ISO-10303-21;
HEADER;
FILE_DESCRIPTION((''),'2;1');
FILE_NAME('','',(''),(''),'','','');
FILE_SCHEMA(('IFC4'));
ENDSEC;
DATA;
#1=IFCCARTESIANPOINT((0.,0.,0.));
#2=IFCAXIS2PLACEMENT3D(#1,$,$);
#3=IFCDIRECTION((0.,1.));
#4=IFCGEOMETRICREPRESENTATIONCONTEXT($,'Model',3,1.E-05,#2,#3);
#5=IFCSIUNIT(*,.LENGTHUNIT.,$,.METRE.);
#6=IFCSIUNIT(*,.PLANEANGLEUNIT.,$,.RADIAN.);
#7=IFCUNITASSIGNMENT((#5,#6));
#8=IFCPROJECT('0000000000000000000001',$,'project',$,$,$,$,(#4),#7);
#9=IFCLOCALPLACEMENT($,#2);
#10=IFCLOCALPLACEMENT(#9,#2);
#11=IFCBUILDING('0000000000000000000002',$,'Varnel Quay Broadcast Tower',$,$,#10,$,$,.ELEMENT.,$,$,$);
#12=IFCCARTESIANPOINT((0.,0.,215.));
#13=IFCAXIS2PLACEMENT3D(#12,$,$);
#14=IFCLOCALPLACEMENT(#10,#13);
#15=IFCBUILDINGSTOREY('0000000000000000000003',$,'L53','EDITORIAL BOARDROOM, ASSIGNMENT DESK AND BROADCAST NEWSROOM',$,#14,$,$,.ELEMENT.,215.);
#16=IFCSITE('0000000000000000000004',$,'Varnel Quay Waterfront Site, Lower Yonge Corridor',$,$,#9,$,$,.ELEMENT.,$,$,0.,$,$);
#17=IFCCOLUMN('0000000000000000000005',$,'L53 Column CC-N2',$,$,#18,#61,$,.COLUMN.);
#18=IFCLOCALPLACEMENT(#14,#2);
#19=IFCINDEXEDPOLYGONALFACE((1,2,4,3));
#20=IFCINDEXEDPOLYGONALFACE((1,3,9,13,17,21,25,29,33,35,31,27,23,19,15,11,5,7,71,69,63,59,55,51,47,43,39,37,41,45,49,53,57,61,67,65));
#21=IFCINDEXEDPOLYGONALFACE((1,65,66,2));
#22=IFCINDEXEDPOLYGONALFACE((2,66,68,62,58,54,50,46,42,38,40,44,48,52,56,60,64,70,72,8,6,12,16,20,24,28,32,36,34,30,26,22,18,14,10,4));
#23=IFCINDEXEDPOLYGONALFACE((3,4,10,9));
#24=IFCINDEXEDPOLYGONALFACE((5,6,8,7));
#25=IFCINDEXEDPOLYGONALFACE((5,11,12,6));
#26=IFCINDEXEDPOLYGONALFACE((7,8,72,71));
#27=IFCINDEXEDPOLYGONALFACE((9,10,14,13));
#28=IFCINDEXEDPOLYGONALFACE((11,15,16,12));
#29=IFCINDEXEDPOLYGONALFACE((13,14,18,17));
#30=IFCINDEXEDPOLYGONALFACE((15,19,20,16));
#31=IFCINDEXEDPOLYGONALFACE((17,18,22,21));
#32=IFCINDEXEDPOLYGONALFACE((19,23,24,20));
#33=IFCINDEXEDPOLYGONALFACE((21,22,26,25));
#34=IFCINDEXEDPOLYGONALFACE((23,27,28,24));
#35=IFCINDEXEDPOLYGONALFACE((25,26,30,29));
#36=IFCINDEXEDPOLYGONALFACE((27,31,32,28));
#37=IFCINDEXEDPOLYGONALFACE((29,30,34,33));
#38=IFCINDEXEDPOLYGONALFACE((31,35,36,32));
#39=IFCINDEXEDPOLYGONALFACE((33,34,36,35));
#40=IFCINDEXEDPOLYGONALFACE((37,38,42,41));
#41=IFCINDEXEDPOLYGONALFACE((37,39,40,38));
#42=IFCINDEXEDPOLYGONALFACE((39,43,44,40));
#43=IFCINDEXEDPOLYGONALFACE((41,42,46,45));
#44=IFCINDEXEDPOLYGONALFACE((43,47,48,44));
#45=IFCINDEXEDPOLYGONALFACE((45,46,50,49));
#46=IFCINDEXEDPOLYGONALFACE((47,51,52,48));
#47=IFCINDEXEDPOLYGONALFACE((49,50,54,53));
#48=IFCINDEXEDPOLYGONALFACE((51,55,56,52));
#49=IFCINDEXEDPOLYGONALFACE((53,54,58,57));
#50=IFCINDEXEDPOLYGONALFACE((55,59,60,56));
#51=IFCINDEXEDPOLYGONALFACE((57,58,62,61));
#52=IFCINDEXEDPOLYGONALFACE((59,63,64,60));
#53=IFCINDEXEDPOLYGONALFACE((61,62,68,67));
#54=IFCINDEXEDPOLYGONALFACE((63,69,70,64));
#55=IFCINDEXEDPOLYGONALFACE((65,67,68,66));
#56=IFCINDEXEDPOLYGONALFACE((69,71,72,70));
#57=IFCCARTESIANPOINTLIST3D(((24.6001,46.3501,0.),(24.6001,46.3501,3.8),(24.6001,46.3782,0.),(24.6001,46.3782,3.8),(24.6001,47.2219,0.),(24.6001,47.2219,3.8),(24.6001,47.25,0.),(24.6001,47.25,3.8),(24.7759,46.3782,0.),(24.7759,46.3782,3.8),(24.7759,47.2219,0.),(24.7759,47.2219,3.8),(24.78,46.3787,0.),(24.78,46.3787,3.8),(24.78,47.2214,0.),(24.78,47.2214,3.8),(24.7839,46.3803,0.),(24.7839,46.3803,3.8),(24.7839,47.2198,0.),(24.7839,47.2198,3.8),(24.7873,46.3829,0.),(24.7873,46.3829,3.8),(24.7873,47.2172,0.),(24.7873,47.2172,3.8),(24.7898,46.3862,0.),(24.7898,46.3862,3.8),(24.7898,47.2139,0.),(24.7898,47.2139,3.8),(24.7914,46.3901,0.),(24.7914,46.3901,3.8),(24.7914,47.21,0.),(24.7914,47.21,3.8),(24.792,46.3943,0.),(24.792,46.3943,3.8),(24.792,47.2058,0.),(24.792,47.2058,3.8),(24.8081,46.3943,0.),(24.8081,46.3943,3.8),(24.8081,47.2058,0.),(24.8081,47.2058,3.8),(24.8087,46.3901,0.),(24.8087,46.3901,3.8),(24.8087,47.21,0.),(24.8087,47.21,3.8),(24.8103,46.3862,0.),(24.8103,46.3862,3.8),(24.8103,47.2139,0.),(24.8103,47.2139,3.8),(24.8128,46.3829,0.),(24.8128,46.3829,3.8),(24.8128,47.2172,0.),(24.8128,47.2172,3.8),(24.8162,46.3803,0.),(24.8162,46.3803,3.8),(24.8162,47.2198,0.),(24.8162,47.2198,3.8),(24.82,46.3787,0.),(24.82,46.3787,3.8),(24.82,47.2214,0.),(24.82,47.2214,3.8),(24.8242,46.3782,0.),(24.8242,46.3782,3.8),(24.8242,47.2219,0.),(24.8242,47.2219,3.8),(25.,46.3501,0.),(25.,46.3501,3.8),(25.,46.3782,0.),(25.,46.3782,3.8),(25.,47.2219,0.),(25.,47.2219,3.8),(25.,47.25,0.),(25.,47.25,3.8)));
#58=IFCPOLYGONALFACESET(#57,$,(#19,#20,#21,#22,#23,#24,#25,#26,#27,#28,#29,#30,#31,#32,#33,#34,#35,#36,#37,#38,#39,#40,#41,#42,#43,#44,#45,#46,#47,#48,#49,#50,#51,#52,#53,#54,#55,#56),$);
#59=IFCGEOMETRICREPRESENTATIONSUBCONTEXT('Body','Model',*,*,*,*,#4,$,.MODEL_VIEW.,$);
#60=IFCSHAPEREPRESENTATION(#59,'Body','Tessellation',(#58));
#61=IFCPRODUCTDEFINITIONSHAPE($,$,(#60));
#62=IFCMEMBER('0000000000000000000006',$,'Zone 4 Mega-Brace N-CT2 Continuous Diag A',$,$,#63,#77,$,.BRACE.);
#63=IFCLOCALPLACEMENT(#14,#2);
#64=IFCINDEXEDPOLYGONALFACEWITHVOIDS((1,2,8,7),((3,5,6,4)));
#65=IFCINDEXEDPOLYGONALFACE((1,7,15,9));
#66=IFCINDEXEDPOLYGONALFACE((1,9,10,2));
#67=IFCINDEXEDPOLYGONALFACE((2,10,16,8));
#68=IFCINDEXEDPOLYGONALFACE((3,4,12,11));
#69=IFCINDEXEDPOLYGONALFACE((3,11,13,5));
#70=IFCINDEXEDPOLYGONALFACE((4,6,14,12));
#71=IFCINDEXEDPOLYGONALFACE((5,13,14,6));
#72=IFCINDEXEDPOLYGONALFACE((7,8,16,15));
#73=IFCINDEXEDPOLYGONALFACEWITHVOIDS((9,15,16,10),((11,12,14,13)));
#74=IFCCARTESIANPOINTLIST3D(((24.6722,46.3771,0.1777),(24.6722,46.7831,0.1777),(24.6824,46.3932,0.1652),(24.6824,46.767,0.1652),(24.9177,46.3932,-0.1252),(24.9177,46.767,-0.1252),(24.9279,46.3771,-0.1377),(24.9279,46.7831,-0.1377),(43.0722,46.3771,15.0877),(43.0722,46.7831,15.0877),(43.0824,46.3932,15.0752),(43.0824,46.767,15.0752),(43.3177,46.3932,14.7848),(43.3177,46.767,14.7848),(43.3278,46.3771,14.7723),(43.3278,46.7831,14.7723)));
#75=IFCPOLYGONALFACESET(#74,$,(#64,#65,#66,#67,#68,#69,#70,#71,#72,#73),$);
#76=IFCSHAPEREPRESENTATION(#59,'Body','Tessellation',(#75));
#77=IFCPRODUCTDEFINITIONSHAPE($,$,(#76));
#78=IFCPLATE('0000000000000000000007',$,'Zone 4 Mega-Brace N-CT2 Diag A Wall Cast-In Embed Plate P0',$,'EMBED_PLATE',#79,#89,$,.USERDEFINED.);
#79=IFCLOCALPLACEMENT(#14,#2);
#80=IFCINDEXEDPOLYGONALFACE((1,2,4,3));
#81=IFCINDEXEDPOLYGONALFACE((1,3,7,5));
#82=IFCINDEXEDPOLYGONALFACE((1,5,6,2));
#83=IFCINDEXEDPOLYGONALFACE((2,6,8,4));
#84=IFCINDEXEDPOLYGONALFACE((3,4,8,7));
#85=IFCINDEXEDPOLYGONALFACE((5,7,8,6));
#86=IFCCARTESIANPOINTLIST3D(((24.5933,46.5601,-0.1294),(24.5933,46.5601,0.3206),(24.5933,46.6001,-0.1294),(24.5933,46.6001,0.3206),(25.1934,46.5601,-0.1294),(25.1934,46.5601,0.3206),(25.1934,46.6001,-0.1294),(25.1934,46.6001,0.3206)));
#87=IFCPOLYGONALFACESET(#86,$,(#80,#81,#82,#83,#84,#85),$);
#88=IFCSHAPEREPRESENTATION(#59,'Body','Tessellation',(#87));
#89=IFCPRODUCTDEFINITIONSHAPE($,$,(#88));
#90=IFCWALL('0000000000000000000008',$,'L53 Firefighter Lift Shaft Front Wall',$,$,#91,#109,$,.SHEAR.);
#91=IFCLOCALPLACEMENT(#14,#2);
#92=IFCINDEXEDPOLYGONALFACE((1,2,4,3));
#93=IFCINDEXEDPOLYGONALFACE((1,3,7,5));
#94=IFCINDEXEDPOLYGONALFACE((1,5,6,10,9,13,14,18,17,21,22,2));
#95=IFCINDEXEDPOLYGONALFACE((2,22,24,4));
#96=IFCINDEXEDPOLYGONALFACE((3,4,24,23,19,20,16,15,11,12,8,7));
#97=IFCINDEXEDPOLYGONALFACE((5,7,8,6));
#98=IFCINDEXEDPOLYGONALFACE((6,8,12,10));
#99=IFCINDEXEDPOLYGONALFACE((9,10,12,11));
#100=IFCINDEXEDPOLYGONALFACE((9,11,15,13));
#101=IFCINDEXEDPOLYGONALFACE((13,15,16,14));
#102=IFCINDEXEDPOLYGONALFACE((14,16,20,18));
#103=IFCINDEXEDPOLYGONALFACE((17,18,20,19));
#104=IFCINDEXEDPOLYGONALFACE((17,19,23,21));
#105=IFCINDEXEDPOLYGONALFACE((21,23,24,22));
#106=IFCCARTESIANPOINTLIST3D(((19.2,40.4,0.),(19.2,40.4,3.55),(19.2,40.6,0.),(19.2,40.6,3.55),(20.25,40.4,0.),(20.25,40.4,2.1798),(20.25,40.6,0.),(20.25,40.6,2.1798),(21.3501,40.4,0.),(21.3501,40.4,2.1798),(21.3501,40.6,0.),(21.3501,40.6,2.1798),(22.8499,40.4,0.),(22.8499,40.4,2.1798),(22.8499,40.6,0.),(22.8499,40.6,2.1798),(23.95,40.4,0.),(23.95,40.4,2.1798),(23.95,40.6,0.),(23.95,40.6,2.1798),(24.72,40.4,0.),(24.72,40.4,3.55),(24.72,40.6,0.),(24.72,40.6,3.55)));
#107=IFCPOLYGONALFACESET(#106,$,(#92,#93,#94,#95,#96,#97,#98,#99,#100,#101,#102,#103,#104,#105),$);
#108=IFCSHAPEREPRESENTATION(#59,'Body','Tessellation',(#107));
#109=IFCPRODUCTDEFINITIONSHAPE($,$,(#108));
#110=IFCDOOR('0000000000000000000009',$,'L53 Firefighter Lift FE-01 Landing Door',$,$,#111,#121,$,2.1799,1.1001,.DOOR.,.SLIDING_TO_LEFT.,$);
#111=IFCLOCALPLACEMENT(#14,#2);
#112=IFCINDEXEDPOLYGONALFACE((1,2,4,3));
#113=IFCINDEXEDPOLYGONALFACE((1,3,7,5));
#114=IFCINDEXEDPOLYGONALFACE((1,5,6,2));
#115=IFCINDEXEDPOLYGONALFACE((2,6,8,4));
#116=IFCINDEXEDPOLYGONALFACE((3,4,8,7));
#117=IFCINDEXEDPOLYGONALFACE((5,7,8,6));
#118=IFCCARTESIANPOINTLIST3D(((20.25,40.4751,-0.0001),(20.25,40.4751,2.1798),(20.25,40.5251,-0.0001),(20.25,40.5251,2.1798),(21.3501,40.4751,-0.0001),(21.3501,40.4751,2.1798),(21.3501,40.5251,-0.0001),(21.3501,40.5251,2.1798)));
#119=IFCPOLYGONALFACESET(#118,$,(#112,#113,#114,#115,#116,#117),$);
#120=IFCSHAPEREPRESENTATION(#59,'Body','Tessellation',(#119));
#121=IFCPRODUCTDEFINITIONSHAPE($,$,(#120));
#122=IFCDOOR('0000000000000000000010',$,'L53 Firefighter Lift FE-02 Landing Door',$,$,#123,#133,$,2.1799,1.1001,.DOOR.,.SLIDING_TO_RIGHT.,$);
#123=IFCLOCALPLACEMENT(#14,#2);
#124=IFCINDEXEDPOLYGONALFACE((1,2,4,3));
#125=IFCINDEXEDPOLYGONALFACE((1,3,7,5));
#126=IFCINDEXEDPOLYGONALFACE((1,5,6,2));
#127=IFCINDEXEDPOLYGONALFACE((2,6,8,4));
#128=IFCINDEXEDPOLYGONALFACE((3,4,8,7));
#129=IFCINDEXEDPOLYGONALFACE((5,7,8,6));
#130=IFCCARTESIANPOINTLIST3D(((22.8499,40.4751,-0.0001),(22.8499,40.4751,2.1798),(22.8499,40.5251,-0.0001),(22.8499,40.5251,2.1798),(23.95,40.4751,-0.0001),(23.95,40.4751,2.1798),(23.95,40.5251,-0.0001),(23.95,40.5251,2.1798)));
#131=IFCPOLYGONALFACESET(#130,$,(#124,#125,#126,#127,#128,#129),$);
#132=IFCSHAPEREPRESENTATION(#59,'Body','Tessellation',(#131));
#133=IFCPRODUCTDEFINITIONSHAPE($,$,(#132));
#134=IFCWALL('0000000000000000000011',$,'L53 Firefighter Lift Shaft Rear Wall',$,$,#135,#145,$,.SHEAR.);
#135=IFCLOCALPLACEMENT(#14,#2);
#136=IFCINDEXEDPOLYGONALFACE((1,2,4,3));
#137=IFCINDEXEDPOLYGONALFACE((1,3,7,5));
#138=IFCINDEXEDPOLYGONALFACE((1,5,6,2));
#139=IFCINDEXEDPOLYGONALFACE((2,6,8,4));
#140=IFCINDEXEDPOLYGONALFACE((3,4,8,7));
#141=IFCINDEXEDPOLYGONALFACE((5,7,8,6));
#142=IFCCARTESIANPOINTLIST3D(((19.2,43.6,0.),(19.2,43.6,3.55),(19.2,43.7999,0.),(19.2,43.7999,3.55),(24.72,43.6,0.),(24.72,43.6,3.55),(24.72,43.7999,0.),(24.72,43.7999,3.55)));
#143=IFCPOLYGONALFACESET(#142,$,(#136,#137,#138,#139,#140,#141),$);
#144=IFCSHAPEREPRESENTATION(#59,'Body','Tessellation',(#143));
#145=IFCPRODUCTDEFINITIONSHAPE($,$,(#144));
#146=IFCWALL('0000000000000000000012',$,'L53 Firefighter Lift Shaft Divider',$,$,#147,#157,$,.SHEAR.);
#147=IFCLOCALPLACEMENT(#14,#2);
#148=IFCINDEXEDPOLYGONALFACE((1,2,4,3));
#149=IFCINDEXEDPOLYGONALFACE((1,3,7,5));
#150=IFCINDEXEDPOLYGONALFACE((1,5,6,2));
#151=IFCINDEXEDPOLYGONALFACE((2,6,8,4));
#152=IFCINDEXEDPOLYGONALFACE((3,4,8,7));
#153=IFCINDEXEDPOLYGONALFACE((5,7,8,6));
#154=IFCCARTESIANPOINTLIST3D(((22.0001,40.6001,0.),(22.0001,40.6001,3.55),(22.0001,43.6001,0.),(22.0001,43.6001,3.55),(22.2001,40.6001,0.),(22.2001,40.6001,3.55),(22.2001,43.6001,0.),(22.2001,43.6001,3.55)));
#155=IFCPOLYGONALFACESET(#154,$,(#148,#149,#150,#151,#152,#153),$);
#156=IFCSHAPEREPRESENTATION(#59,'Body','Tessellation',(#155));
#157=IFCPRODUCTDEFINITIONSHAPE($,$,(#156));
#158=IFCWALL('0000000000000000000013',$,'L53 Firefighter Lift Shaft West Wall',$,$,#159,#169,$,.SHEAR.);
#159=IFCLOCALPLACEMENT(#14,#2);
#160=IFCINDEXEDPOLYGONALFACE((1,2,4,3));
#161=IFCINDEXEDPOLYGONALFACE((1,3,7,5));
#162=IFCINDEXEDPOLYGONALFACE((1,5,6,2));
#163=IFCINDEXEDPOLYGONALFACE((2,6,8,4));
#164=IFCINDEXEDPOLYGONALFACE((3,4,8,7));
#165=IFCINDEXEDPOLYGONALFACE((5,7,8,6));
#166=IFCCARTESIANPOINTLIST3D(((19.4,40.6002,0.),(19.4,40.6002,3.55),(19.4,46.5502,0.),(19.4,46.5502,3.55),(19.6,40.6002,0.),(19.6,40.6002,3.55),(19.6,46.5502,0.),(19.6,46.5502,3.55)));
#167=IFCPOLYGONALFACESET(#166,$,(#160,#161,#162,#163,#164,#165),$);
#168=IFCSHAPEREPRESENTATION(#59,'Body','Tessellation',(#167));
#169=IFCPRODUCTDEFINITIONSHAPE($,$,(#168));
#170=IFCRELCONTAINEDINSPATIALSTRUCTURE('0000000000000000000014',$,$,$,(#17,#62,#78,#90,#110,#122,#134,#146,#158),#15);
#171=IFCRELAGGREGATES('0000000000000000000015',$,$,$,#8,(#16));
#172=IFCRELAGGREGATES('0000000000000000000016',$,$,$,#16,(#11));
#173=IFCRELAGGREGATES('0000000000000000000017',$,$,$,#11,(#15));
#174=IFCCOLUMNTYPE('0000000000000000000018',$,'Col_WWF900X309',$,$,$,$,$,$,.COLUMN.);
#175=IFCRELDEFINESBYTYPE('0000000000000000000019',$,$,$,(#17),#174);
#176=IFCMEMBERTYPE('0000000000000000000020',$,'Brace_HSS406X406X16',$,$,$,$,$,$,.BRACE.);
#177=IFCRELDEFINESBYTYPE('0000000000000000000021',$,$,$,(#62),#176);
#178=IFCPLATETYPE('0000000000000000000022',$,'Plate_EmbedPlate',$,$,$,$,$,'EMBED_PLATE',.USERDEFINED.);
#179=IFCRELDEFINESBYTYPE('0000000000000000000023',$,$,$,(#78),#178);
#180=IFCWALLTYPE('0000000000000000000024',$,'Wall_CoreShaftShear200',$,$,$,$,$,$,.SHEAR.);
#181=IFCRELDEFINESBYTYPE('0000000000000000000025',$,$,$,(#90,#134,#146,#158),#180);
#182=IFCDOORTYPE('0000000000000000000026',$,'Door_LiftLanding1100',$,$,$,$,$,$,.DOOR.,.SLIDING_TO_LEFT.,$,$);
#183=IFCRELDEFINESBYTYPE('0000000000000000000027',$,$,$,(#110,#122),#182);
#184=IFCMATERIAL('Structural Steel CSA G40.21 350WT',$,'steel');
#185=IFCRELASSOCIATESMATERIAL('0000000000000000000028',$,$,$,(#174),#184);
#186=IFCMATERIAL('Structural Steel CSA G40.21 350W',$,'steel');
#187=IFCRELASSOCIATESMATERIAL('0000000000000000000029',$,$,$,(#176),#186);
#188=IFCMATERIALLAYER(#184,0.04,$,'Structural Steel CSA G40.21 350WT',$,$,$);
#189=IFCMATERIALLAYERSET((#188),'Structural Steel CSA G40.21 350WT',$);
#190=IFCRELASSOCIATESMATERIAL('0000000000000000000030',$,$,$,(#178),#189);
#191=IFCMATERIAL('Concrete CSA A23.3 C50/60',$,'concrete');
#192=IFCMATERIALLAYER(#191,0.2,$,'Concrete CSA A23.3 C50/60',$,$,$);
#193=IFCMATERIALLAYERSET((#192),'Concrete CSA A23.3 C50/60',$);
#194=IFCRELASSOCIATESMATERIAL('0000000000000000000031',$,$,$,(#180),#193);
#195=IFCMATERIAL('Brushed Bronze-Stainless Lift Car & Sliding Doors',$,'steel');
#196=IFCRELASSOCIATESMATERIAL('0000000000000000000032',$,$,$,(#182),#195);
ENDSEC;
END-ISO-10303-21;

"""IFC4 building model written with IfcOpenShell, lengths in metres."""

from ifc_helpers import new_model, si_unit, direction, frame, frame_2d, origin, origin_2d, place, context, subcontext, project, spatial, rectangle, hollow_rectangle, i_section, extrude, source, transform, mapped, material, layer, layer_set, material_profile, profile_set, type_object, type_shapes, element, fill, save


model = new_model("IFC4")

# Units and contexts
model_context = context("Model", 3, precision=1e-05, world=origin(), true_north=direction((0.0, 1.0)))
body_context = subcontext(model_context, "Body", "Model", "MODEL_VIEW")
ifc_project = project(units=[si_unit("LENGTHUNIT", "METRE"), si_unit("PLANEANGLEUNIT", "RADIAN")], contexts=[model_context])

# Site, building, storey
site_placement = place(None, origin())
site = spatial("IfcSite", under=ifc_project, at=site_placement, Name="Varnel Quay Waterfront Site, Lower Yonge Corridor", CompositionType="ELEMENT", RefElevation=0.0)
building_placement = place(site_placement, origin())
building = spatial("IfcBuilding", under=site, at=building_placement, Name="Varnel Quay Broadcast Tower", CompositionType="ELEMENT")
storey_placement = place(building_placement, frame((0.0, 0.0, 215.0)))
storey = spatial("IfcBuildingStorey", under=building, at=storey_placement, Name="L53", Description="EDITORIAL BOARDROOM, ASSIGNMENT DESK AND BROADCAST NEWSROOM", CompositionType="ELEMENT", Elevation=215.0)

# Column
ifc_material_1 = material(Name="Structural Steel CSA G40.21 350WT", Category="steel")
ifc_material_profile_1 = material_profile(ifc_material_1, i_section(OverallWidth=0.3999, OverallDepth=0.8999, WebThickness=0.0161, FlangeThickness=0.0281, FilletRadius=0.0161, at=origin_2d()), Name="WWF900X309")
ifc_profile_set_1 = profile_set([ifc_material_profile_1], Name="Structural Steel CSA G40.21 350WT")
column_type = type_object("IfcColumnType", Name="Col_WWF900X309", PredefinedType="COLUMN", material=ifc_profile_set_1)
shared_shape_1 = source(origin(), body_context, "Body", "SweptSolid", [
    extrude(i_section(OverallWidth=0.3999, OverallDepth=0.8999, WebThickness=0.0161, FlangeThickness=0.0281, FilletRadius=0.0161, at=origin_2d()), origin(), (0.0, 0.0, 1.0), 3.8),
])
type_shapes(column_type, [shared_shape_1])
column_placement = place(storey_placement, frame((24.8, 46.8, 0.0), z_axis=(0.0, 0.0, 1.0), x_axis=(1.0, 0.0, 0.0)))
element("IfcColumn", 1, at=column_placement, inside=storey, type_object=column_type, Name="L53 Column CC-N2", PredefinedType="COLUMN", context=body_context, shape_type="MappedRepresentation", body=[
    mapped(shared_shape_1, transform((0.0, 0.0, 0.0), x_axis=(1.0, 0.0, 0.0), y_axis=(0.0, 1.0, 0.0), z_axis=(0.0, 0.0, 1.0), scale=1.0)),
])

# Member
ifc_material_2 = material(Name="Structural Steel CSA G40.21 350W", Category="steel")
ifc_material_profile_2 = material_profile(ifc_material_2, hollow_rectangle(XDim=0.406, YDim=0.406, WallThickness=0.0161, at=origin_2d()), Name="HSS406X406X16")
ifc_profile_set_2 = profile_set([ifc_material_profile_2], Name="Structural Steel CSA G40.21 350W")
member_type = type_object("IfcMemberType", Name="Brace_HSS406X406X16", PredefinedType="BRACE", material=ifc_profile_set_2)
shared_shape_2 = source(origin(), body_context, "Body", "SweptSolid", [
    extrude(hollow_rectangle(XDim=0.406, YDim=0.406, WallThickness=0.0161, at=origin_2d()), origin(), (0.0, 0.0, 1.0), 23.6826),
])
type_shapes(member_type, [shared_shape_2])
member_placement = place(storey_placement, frame((24.8, 46.5801, 0.02), z_axis=(0.77694, 0.0, 0.629574), x_axis=(0.0, 1.0, 0.0)))
element("IfcMember", 2, at=member_placement, inside=storey, type_object=member_type, Name="Zone 4 Mega-Brace N-CT2 Continuous Diag A", PredefinedType="BRACE", context=body_context, shape_type="MappedRepresentation", body=[
    mapped(shared_shape_2, transform((0.0, 0.0, 0.0), x_axis=(1.0, 0.0, 0.0), y_axis=(0.0, 1.0, 0.0), z_axis=(0.0, 0.0, 1.0), scale=1.0)),
])

# Plate
ifc_layer_1 = layer(ifc_material_1, 0.04, Name="Structural Steel CSA G40.21 350WT")
ifc_layer_set_1 = layer_set([ifc_layer_1], Name="Structural Steel CSA G40.21 350WT")
plate_type = type_object("IfcPlateType", Name="Plate_EmbedPlate", ElementType="EMBED_PLATE", PredefinedType="USERDEFINED", material=ifc_layer_set_1)
shared_shape_3 = source(origin(), body_context, "Body", "SweptSolid", [
    extrude(rectangle(XDim=0.6001, YDim=0.04, at=origin_2d()), origin(), (0.0, 0.0, 1.0), 0.45),
])
type_shapes(plate_type, [shared_shape_3])
plate_placement = place(storey_placement, frame((24.8933, 46.5801, -0.1294), z_axis=(0.0, 0.0, 1.0), x_axis=(1.0, 0.0, 0.0)))
element("IfcPlate", 3, at=plate_placement, inside=storey, type_object=plate_type, Name="Zone 4 Mega-Brace N-CT2 Diag A Wall Cast-In Embed Plate P0", ObjectType="EMBED_PLATE", PredefinedType="USERDEFINED", context=body_context, shape_type="MappedRepresentation", body=[
    mapped(shared_shape_3, transform((0.0, 0.0, 0.0), x_axis=(1.0, 0.0, 0.0), y_axis=(0.0, 1.0, 0.0), z_axis=(0.0, 0.0, 1.0), scale=1.0)),
])

# Wall, openings, doors
ifc_material_3 = material(Name="Concrete CSA A23.3 C50/60", Category="concrete")
ifc_layer_2 = layer(ifc_material_3, 0.2, Name="Concrete CSA A23.3 C50/60")
ifc_layer_set_2 = layer_set([ifc_layer_2], Name="Concrete CSA A23.3 C50/60")
wall_type_1 = type_object("IfcWallType", Name="Wall_CoreShaftShear200", PredefinedType="SHEAR", material=ifc_layer_set_2)
wall_1_placement = place(storey_placement, frame((19.2, 40.5, 0.0), z_axis=(0.0, 0.0, 1.0), x_axis=(1.0, 0.0, 0.0)))
wall_1 = element("IfcWall", 4, at=wall_1_placement, inside=storey, type_object=wall_type_1, Name="L53 Firefighter Lift Shaft Front Wall", PredefinedType="SHEAR", context=body_context, shape_type="SweptSolid", body=[
    extrude(rectangle(XDim=5.52, YDim=0.2, at=frame_2d((2.76, 0.0))), origin(), (0.0, 0.0, 1.0), 3.55),
])
opening_1_placement = place(wall_1_placement, frame((1.05, 0.0, 0.0)))
opening_1 = element("IfcOpeningElement", 5, at=opening_1_placement, cuts=wall_1, PredefinedType="OPENING", context=body_context, shape_type="SweptSolid", body=[
    extrude(rectangle(XDim=1.1001, YDim=2.1799, at=frame_2d((0.55, 1.0898))), frame((0.0, 0.1099, 0.0), z_axis=(0.0, -1.0, 0.0), x_axis=(1.0, 0.0, 0.0)), (0.0, 0.0, 1.0), 0.22),
])
opening_2_placement = place(wall_1_placement, frame((3.6499, 0.0, 0.0)))
opening_2 = element("IfcOpeningElement", 6, at=opening_2_placement, cuts=wall_1, PredefinedType="OPENING", context=body_context, shape_type="SweptSolid", body=[
    extrude(rectangle(XDim=1.1001, YDim=2.1799, at=frame_2d((0.55, 1.0898))), frame((0.0, 0.1099, 0.0), z_axis=(0.0, -1.0, 0.0), x_axis=(1.0, 0.0, 0.0)), (0.0, 0.0, 1.0), 0.22),
])
ifc_material_4 = material(Name="Brushed Bronze-Stainless Lift Car & Sliding Doors", Category="steel")
door_type_1 = type_object("IfcDoorType", Name="Door_LiftLanding1100", OperationType="SLIDING_TO_LEFT", PredefinedType="DOOR", material=ifc_material_4)
shared_shape_4 = source(origin(), body_context, "Body", "SweptSolid", [
    extrude(rectangle(XDim=1.1001, YDim=2.1799, at=frame_2d((0.55, 1.0898))), frame((0.0, 0.0249, 0.0), z_axis=(0.0, -1.0, 0.0), x_axis=(1.0, 0.0, 0.0)), (0.0, 0.0, 1.0), 0.05),
])
type_shapes(door_type_1, [shared_shape_4])
door_1_placement = place(opening_1_placement, frame((1.1001, 0.0, 0.0), z_axis=(0.0, 0.0, 1.0), x_axis=(-1.0, 0.0, 0.0)))
door_1 = element("IfcDoor", 7, at=door_1_placement, inside=storey, type_object=door_type_1, Name="L53 Firefighter Lift FE-01 Landing Door", OperationType="SLIDING_TO_LEFT", OverallHeight=2.1799, OverallWidth=1.1001, PredefinedType="DOOR", context=body_context, shape_type="MappedRepresentation", body=[
    mapped(shared_shape_4, transform((0.0, 0.0, 0.0), x_axis=(1.0, 0.0, 0.0), y_axis=(0.0, 1.0, 0.0), z_axis=(0.0, 0.0, 1.0), scale=1.0)),
])
fill(opening_1, door_1)
door_2_placement = place(opening_2_placement, frame((1.1001, 0.0, 0.0), z_axis=(0.0, 0.0, 1.0), x_axis=(-1.0, 0.0, 0.0)))
door_2 = element("IfcDoor", 8, at=door_2_placement, inside=storey, type_object=door_type_1, Name="L53 Firefighter Lift FE-02 Landing Door", OperationType="SLIDING_TO_RIGHT", OverallHeight=2.1799, OverallWidth=1.1001, PredefinedType="DOOR", context=body_context, shape_type="MappedRepresentation", body=[
    mapped(shared_shape_4, transform((0.0, 0.0, 0.0), x_axis=(1.0, 0.0, 0.0), y_axis=(0.0, 1.0, 0.0), z_axis=(0.0, 0.0, 1.0), scale=1.0)),
])
fill(opening_2, door_2)

# Walls
wall_2_placement = place(storey_placement, frame((19.2, 43.7, 0.0), z_axis=(0.0, 0.0, 1.0), x_axis=(1.0, 0.0, 0.0)))
element("IfcWall", 9, at=wall_2_placement, inside=storey, type_object=wall_type_1, Name="L53 Firefighter Lift Shaft Rear Wall", PredefinedType="SHEAR", context=body_context, shape_type="SweptSolid", body=[
    extrude(rectangle(XDim=5.52, YDim=0.2, at=frame_2d((2.76, 0.0))), origin(), (0.0, 0.0, 1.0), 3.55),
])
wall_3_placement = place(storey_placement, frame((22.1001, 40.6001, 0.0), z_axis=(0.0, 0.0, 1.0), x_axis=(0.0, 1.0, 0.0)))
element("IfcWall", 10, at=wall_3_placement, inside=storey, type_object=wall_type_1, Name="L53 Firefighter Lift Shaft Divider", PredefinedType="SHEAR", context=body_context, shape_type="SweptSolid", body=[
    extrude(rectangle(XDim=3.0, YDim=0.2, at=frame_2d((1.5, 0.0))), origin(), (0.0, 0.0, 1.0), 3.55),
])
wall_4_placement = place(storey_placement, frame((19.5, 40.6001, 0.0), z_axis=(0.0, 0.0, 1.0), x_axis=(0.0, 1.0, 0.0)))
element("IfcWall", 11, at=wall_4_placement, inside=storey, type_object=wall_type_1, Name="L53 Firefighter Lift Shaft West Wall", PredefinedType="SHEAR", context=body_context, shape_type="SweptSolid", body=[
    extrude(rectangle(XDim=5.95, YDim=0.2, at=frame_2d((2.9751, 0.0))), origin(), (0.0, 0.0, 1.0), 3.55),
])

save(model, "model.ifc")
